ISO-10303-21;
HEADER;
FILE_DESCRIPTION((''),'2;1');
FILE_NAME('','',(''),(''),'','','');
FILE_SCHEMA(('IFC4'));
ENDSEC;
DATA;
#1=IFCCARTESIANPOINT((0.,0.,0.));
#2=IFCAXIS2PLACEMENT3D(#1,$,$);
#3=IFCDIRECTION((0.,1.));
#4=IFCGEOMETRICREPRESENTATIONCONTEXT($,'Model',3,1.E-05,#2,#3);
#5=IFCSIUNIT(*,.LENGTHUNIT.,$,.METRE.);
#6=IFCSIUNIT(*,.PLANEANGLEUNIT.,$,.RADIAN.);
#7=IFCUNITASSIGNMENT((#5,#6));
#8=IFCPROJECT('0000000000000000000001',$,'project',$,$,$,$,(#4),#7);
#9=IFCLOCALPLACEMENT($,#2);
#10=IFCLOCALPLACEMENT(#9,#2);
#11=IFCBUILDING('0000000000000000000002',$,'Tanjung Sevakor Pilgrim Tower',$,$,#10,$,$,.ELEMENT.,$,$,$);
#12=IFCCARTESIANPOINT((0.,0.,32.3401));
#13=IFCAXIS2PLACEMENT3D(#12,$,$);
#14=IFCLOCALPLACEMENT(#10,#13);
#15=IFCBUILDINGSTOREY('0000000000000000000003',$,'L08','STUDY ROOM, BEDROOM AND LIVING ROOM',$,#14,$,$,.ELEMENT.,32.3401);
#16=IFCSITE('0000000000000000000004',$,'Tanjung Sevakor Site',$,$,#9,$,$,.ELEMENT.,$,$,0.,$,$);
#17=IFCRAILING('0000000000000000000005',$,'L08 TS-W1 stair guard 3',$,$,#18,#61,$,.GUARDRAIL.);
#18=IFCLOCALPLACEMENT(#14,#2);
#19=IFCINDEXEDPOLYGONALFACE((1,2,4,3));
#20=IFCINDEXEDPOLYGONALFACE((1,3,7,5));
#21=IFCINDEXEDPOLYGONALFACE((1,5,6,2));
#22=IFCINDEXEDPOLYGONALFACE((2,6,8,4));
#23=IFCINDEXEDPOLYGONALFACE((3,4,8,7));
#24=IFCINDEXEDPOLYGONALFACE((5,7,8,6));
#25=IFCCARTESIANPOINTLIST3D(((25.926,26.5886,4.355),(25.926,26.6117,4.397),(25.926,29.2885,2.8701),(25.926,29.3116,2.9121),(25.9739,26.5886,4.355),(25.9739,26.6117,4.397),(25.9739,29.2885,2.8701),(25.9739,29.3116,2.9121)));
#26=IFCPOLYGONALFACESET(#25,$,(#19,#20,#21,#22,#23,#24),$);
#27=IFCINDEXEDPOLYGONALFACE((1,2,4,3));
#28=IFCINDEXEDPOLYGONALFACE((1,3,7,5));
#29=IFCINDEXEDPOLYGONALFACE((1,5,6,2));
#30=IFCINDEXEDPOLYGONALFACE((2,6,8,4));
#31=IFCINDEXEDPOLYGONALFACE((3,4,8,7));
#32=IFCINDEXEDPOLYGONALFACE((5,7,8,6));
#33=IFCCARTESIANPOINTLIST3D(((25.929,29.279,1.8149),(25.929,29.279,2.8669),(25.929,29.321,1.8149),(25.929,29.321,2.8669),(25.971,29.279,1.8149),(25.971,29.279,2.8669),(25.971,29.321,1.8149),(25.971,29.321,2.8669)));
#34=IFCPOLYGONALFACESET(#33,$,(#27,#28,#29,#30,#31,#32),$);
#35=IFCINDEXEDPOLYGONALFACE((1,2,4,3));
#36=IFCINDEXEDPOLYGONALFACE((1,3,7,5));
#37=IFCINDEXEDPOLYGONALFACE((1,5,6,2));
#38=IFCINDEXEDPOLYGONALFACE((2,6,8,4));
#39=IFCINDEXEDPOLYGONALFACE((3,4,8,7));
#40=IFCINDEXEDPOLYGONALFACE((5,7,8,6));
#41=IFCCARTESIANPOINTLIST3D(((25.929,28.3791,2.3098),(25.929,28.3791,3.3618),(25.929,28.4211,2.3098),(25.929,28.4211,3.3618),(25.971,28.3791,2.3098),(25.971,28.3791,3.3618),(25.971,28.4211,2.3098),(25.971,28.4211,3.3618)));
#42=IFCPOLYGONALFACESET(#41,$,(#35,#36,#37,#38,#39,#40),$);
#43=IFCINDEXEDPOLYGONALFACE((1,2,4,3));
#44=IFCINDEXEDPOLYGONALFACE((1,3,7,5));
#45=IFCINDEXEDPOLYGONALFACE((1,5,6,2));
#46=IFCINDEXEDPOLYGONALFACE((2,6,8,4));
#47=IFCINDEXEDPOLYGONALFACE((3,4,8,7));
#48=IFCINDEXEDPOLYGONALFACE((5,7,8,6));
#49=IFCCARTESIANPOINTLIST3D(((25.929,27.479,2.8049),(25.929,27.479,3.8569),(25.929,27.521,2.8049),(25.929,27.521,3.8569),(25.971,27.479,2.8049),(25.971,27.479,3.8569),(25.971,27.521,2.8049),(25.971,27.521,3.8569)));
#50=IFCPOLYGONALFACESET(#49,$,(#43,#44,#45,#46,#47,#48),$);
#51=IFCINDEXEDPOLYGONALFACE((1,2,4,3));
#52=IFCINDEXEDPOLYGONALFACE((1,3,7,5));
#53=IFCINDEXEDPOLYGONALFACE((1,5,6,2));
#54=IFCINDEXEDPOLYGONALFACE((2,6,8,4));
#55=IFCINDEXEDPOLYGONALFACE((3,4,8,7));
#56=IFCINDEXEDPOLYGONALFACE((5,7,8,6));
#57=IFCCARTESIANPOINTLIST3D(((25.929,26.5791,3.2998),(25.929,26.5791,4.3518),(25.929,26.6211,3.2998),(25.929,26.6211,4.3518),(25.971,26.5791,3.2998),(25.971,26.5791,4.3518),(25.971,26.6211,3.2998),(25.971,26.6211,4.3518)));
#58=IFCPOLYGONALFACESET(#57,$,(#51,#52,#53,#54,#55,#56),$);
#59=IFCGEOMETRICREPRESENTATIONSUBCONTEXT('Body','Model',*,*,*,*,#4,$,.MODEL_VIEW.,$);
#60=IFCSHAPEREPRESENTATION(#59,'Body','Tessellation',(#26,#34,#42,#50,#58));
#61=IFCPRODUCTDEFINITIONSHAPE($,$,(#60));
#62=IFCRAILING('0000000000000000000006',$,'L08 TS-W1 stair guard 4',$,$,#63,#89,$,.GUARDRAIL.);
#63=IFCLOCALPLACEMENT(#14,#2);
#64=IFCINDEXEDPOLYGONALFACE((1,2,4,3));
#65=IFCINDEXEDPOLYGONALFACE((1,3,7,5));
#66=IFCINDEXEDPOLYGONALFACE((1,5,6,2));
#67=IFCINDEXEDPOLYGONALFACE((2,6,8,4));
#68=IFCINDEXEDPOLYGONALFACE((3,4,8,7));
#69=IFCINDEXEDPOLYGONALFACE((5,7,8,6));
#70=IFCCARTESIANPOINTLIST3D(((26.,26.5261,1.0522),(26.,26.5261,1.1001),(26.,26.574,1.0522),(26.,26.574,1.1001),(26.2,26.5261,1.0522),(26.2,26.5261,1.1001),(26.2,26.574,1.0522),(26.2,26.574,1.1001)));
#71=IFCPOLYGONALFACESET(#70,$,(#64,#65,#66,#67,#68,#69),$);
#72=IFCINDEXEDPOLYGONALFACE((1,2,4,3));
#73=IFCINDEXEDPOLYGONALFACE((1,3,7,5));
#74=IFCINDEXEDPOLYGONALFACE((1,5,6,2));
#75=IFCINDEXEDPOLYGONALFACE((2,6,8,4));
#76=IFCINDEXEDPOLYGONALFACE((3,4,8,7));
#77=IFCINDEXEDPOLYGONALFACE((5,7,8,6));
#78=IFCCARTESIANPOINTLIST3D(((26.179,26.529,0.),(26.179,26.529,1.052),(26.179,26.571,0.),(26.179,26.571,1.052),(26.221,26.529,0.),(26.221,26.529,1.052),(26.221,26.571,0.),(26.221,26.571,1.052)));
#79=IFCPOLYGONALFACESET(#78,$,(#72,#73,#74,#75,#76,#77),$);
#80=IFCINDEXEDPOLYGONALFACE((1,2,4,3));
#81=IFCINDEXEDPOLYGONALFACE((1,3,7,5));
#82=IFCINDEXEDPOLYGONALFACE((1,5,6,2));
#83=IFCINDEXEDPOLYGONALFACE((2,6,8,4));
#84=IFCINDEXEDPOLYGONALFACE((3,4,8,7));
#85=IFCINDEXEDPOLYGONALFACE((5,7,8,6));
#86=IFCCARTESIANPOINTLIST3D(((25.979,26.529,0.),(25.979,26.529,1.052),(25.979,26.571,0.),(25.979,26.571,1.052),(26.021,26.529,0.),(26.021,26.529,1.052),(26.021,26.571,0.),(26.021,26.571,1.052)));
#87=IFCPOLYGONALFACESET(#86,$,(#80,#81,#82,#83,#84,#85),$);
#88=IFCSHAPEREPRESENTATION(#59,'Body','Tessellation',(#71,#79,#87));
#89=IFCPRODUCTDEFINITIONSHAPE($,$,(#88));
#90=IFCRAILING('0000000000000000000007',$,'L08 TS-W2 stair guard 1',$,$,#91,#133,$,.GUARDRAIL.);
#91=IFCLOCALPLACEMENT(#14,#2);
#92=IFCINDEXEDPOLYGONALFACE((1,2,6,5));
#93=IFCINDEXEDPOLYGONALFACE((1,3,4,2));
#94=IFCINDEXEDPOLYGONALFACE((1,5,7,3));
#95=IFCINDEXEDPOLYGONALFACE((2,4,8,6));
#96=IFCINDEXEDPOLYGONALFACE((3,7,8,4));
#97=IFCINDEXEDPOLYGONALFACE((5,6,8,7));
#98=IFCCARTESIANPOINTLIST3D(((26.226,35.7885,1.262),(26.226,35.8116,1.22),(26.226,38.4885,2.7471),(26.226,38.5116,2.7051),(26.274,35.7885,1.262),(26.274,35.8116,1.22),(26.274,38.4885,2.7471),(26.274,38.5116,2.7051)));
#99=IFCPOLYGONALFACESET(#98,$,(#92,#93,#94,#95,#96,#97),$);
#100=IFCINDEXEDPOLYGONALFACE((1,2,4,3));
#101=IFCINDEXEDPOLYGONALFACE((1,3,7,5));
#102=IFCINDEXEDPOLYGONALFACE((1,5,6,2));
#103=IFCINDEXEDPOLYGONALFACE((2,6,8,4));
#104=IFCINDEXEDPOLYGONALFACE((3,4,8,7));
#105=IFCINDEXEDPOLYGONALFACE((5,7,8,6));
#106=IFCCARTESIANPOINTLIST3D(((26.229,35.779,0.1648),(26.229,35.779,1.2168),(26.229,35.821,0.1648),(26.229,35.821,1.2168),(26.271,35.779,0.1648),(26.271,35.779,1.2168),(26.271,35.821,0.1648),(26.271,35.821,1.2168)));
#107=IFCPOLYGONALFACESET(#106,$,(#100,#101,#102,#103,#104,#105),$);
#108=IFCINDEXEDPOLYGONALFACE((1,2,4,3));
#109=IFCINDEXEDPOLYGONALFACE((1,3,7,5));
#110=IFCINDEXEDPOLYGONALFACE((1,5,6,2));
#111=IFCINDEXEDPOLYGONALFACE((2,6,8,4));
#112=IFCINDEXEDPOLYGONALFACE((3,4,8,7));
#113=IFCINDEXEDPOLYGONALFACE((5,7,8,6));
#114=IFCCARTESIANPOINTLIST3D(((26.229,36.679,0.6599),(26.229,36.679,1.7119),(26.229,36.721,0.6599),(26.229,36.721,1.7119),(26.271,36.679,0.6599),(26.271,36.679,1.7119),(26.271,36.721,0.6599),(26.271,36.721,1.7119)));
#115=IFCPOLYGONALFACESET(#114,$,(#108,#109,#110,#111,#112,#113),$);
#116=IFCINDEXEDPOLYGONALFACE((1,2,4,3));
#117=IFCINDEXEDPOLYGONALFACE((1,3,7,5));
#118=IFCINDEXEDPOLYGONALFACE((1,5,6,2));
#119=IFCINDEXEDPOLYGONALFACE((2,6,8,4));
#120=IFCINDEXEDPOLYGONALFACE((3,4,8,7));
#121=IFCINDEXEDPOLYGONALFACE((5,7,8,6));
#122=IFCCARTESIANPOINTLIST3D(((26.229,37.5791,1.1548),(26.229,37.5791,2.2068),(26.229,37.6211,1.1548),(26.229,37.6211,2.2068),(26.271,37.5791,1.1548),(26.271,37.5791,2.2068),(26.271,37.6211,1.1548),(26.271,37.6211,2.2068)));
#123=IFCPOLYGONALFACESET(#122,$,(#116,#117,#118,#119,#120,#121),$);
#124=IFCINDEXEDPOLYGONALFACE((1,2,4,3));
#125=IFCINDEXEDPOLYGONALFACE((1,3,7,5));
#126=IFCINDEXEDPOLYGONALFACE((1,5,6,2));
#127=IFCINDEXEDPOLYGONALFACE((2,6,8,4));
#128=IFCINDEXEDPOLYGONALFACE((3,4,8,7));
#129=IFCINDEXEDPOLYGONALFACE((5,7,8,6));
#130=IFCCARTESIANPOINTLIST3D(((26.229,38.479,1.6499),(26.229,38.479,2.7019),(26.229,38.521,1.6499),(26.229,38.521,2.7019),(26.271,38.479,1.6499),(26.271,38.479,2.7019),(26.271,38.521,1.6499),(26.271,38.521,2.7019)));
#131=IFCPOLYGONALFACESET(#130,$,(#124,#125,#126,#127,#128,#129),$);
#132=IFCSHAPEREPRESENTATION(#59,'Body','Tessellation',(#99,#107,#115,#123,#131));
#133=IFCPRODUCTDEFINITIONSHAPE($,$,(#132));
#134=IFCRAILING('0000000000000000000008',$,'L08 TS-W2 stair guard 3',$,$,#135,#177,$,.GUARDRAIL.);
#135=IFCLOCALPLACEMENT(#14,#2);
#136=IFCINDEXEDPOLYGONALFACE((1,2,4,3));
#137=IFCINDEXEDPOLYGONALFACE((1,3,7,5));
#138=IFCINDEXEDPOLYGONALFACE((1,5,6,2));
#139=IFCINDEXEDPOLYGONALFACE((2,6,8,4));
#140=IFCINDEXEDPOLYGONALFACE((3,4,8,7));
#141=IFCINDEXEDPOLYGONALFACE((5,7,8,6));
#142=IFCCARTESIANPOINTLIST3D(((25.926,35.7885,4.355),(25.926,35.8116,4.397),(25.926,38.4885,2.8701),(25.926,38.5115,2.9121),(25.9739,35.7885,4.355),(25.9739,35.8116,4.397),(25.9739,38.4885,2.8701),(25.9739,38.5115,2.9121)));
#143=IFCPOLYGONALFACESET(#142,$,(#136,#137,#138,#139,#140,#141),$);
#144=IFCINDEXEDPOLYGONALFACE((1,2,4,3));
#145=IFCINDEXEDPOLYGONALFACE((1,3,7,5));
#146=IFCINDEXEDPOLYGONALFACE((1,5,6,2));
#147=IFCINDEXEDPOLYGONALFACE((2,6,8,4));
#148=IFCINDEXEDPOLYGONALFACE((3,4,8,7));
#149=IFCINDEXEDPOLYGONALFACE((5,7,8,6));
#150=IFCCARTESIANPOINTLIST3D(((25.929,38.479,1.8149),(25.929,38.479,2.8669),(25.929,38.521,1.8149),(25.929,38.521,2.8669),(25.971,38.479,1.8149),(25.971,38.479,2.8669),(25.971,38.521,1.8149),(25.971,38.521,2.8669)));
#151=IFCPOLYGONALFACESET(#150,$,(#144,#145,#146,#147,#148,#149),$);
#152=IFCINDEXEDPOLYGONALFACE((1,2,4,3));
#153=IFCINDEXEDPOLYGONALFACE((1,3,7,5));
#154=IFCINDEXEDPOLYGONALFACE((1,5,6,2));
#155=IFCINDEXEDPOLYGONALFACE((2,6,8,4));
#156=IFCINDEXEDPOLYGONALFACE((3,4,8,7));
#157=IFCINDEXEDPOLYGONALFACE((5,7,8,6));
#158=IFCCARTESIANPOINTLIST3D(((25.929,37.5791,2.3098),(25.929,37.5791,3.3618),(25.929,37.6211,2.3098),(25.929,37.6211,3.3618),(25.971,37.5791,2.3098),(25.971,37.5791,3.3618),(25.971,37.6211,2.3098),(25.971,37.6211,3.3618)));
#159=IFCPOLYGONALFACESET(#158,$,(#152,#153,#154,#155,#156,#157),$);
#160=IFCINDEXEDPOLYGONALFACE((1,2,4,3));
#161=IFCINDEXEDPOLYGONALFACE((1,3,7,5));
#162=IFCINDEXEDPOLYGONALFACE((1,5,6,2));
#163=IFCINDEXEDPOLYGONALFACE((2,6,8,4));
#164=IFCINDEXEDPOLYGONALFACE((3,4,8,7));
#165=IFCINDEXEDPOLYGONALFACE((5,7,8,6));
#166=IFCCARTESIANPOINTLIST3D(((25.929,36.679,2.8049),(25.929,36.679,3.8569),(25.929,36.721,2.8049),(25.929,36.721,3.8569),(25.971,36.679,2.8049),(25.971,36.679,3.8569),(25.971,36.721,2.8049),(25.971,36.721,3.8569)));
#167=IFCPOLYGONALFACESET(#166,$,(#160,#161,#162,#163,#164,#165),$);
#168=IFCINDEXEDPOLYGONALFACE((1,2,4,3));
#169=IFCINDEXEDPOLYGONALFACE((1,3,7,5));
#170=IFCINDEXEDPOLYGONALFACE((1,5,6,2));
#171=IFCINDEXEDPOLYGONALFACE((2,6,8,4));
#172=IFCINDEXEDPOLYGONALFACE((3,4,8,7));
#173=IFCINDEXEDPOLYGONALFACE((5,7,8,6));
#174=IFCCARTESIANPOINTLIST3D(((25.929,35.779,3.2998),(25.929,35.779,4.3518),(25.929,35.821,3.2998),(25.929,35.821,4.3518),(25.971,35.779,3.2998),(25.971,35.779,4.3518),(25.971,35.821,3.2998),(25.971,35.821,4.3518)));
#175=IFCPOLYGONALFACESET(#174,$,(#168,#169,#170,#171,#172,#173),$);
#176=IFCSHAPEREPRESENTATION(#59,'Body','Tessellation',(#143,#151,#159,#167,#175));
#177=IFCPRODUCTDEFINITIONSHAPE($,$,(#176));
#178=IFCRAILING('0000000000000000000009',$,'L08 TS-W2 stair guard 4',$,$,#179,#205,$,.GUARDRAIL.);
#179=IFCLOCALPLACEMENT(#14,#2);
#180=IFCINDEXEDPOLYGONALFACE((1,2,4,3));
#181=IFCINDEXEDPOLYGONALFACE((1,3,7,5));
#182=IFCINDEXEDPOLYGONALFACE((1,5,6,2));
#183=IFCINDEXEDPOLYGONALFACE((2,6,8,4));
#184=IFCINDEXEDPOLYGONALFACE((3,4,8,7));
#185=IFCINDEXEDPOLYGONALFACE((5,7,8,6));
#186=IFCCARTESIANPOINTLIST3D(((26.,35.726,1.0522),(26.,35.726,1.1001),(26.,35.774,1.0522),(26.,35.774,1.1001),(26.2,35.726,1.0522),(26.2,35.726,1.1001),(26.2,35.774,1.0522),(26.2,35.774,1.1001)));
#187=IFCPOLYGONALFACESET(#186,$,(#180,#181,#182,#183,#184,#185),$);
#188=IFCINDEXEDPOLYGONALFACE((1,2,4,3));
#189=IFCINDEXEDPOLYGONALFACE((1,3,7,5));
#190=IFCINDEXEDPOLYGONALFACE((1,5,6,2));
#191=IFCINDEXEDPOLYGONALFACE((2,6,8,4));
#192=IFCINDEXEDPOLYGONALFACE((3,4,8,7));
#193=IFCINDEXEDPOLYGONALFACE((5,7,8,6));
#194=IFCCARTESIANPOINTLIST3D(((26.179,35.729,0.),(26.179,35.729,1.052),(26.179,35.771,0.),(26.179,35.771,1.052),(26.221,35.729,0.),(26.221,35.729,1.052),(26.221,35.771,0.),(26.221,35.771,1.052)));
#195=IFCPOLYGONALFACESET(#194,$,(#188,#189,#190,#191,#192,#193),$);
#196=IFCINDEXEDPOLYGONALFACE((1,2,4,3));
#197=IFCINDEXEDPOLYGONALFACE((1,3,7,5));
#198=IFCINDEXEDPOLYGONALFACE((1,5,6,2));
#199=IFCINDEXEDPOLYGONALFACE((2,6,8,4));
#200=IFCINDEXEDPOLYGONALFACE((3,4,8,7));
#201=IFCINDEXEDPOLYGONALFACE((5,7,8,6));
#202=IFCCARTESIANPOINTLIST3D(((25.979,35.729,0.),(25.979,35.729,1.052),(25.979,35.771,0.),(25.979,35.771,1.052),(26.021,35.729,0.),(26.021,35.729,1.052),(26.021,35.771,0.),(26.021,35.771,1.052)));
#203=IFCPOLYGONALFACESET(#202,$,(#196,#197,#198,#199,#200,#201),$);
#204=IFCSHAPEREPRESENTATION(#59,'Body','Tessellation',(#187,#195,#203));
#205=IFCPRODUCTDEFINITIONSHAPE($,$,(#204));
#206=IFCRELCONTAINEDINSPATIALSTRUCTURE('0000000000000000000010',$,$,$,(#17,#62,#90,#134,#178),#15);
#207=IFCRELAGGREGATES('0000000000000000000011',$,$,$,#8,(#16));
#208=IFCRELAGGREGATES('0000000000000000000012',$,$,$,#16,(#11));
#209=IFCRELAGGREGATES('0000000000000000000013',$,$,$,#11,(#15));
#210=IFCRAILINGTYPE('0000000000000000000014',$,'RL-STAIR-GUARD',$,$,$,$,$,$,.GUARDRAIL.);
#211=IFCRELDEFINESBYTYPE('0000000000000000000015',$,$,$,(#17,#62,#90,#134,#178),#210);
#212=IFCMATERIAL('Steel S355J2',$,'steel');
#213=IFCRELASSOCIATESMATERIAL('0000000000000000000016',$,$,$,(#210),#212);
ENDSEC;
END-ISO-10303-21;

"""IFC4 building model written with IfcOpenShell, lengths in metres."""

from ifc_helpers import new_model, si_unit, direction, frame, origin, place, context, subcontext, project, spatial, rectangle, extrude, material, type_object, element, save


model = new_model("IFC4")

# Units and contexts
model_context = context("Model", 3, precision=1e-05, world=origin(), true_north=direction((0.0, 1.0)))
body_context = subcontext(model_context, "Body", "Model", "MODEL_VIEW")
ifc_project = project(units=[si_unit("LENGTHUNIT", "METRE"), si_unit("PLANEANGLEUNIT", "RADIAN")], contexts=[model_context])

# Site, building, storey
site_placement = place(None, origin())
site = spatial("IfcSite", under=ifc_project, at=site_placement, Name="Tanjung Sevakor Site", CompositionType="ELEMENT", RefElevation=0.0)
building_placement = place(site_placement, origin())
building = spatial("IfcBuilding", under=site, at=building_placement, Name="Tanjung Sevakor Pilgrim Tower", CompositionType="ELEMENT")
storey_placement = place(building_placement, frame((0.0, 0.0, 32.3401)))
storey = spatial("IfcBuildingStorey", under=building, at=storey_placement, Name="L08", Description="STUDY ROOM, BEDROOM AND LIVING ROOM", CompositionType="ELEMENT", Elevation=32.3401)

# Railings
ifc_material_1 = material(Name="Steel S355J2", Category="steel")
railing_type_1 = type_object("IfcRailingType", Name="RL-STAIR-GUARD", PredefinedType="GUARDRAIL", material=ifc_material_1)
railing_1_placement = place(storey_placement, frame((25.95, 29.3, 1.8149)))
element("IfcRailing", 1, at=railing_1_placement, inside=storey, type_object=railing_type_1, Name="L08 TS-W1 stair guard 3", PredefinedType="GUARDRAIL", context=body_context, shape_type="SweptSolid", body=[
    extrude(rectangle(XDim=0.0479, YDim=0.0479), frame((0.0, 0.0, 1.0762), z_axis=(0.0, -0.876231, 0.481891), x_axis=(1.0, 0.0, 0.0)), (0.0, 0.0, 1.0), 3.0813),
    extrude(rectangle(XDim=0.042, YDim=0.042), origin(), (0.0, 0.0, 1.0), 1.052),
    extrude(rectangle(XDim=0.042, YDim=0.042), frame((0.0, -0.8999, 0.4949)), (0.0, 0.0, 1.0), 1.052),
    extrude(rectangle(XDim=0.042, YDim=0.042), frame((0.0, -1.8, 0.99)), (0.0, 0.0, 1.0), 1.052),
    extrude(rectangle(XDim=0.042, YDim=0.042), frame((0.0, -2.7, 1.4849)), (0.0, 0.0, 1.0), 1.052),
])
railing_2_placement = place(storey_placement, frame((26.2, 26.55, 0.0)))
element("IfcRailing", 2, at=railing_2_placement, inside=storey, type_object=railing_type_1, Name="L08 TS-W1 stair guard 4", PredefinedType="GUARDRAIL", context=body_context, shape_type="SweptSolid", body=[
    extrude(rectangle(XDim=0.0479, YDim=0.0479), frame((0.0, 0.0, 1.0762), z_axis=(-1.0, 0.0, 0.0), x_axis=(0.0, -1.0, 0.0)), (0.0, 0.0, 1.0), 0.2),
    extrude(rectangle(XDim=0.042, YDim=0.042), origin(), (0.0, 0.0, 1.0), 1.052),
    extrude(rectangle(XDim=0.042, YDim=0.042), frame((-0.2, 0.0, 0.0)), (0.0, 0.0, 1.0), 1.052),
])
railing_3_placement = place(storey_placement, frame((26.25, 35.8, 0.1648)))
element("IfcRailing", 3, at=railing_3_placement, inside=storey, type_object=railing_type_1, Name="L08 TS-W2 stair guard 1", PredefinedType="GUARDRAIL", context=body_context, shape_type="SweptSolid", body=[
    extrude(rectangle(XDim=0.0479, YDim=0.0479), frame((0.0, 0.0, 1.0762), z_axis=(0.0, 0.876198, 0.481952), x_axis=(-1.0, 0.0, 0.0)), (0.0, 0.0, 1.0), 3.0815),
    extrude(rectangle(XDim=0.042, YDim=0.042), origin(), (0.0, 0.0, 1.0), 1.052),
    extrude(rectangle(XDim=0.042, YDim=0.042), frame((0.0, 0.8999, 0.4951)), (0.0, 0.0, 1.0), 1.052),
    extrude(rectangle(XDim=0.042, YDim=0.042), frame((0.0, 1.8, 0.99)), (0.0, 0.0, 1.0), 1.052),
    extrude(rectangle(XDim=0.042, YDim=0.042), frame((0.0, 2.7, 1.4851)), (0.0, 0.0, 1.0), 1.052),
])
railing_4_placement = place(storey_placement, frame((25.95, 38.5, 1.8149)))
element("IfcRailing", 4, at=railing_4_placement, inside=storey, type_object=railing_type_1, Name="L08 TS-W2 stair guard 3", PredefinedType="GUARDRAIL", context=body_context, shape_type="SweptSolid", body=[
    extrude(rectangle(XDim=0.0479, YDim=0.0479), frame((0.0, 0.0, 1.0762), z_axis=(0.0, -0.876231, 0.481891), x_axis=(1.0, 0.0, 0.0)), (0.0, 0.0, 1.0), 3.0813),
    extrude(rectangle(XDim=0.042, YDim=0.042), origin(), (0.0, 0.0, 1.0), 1.052),
    extrude(rectangle(XDim=0.042, YDim=0.042), frame((0.0, -0.8999, 0.4949)), (0.0, 0.0, 1.0), 1.052),
    extrude(rectangle(XDim=0.042, YDim=0.042), frame((0.0, -1.8, 0.99)), (0.0, 0.0, 1.0), 1.052),
    extrude(rectangle(XDim=0.042, YDim=0.042), frame((0.0, -2.7, 1.4849)), (0.0, 0.0, 1.0), 1.052),
])
railing_5_placement = place(storey_placement, frame((26.2, 35.75, 0.0)))
element("IfcRailing", 5, at=railing_5_placement, inside=storey, type_object=railing_type_1, Name="L08 TS-W2 stair guard 4", PredefinedType="GUARDRAIL", context=body_context, shape_type="SweptSolid", body=[
    extrude(rectangle(XDim=0.0479, YDim=0.0479), frame((0.0, 0.0, 1.0762), z_axis=(-1.0, 0.0, 0.0), x_axis=(0.0, -1.0, 0.0)), (0.0, 0.0, 1.0), 0.2),
    extrude(rectangle(XDim=0.042, YDim=0.042), origin(), (0.0, 0.0, 1.0), 1.052),
    extrude(rectangle(XDim=0.042, YDim=0.042), frame((-0.2, 0.0, 0.0)), (0.0, 0.0, 1.0), 1.052),
])

save(model, "model.ifc")
